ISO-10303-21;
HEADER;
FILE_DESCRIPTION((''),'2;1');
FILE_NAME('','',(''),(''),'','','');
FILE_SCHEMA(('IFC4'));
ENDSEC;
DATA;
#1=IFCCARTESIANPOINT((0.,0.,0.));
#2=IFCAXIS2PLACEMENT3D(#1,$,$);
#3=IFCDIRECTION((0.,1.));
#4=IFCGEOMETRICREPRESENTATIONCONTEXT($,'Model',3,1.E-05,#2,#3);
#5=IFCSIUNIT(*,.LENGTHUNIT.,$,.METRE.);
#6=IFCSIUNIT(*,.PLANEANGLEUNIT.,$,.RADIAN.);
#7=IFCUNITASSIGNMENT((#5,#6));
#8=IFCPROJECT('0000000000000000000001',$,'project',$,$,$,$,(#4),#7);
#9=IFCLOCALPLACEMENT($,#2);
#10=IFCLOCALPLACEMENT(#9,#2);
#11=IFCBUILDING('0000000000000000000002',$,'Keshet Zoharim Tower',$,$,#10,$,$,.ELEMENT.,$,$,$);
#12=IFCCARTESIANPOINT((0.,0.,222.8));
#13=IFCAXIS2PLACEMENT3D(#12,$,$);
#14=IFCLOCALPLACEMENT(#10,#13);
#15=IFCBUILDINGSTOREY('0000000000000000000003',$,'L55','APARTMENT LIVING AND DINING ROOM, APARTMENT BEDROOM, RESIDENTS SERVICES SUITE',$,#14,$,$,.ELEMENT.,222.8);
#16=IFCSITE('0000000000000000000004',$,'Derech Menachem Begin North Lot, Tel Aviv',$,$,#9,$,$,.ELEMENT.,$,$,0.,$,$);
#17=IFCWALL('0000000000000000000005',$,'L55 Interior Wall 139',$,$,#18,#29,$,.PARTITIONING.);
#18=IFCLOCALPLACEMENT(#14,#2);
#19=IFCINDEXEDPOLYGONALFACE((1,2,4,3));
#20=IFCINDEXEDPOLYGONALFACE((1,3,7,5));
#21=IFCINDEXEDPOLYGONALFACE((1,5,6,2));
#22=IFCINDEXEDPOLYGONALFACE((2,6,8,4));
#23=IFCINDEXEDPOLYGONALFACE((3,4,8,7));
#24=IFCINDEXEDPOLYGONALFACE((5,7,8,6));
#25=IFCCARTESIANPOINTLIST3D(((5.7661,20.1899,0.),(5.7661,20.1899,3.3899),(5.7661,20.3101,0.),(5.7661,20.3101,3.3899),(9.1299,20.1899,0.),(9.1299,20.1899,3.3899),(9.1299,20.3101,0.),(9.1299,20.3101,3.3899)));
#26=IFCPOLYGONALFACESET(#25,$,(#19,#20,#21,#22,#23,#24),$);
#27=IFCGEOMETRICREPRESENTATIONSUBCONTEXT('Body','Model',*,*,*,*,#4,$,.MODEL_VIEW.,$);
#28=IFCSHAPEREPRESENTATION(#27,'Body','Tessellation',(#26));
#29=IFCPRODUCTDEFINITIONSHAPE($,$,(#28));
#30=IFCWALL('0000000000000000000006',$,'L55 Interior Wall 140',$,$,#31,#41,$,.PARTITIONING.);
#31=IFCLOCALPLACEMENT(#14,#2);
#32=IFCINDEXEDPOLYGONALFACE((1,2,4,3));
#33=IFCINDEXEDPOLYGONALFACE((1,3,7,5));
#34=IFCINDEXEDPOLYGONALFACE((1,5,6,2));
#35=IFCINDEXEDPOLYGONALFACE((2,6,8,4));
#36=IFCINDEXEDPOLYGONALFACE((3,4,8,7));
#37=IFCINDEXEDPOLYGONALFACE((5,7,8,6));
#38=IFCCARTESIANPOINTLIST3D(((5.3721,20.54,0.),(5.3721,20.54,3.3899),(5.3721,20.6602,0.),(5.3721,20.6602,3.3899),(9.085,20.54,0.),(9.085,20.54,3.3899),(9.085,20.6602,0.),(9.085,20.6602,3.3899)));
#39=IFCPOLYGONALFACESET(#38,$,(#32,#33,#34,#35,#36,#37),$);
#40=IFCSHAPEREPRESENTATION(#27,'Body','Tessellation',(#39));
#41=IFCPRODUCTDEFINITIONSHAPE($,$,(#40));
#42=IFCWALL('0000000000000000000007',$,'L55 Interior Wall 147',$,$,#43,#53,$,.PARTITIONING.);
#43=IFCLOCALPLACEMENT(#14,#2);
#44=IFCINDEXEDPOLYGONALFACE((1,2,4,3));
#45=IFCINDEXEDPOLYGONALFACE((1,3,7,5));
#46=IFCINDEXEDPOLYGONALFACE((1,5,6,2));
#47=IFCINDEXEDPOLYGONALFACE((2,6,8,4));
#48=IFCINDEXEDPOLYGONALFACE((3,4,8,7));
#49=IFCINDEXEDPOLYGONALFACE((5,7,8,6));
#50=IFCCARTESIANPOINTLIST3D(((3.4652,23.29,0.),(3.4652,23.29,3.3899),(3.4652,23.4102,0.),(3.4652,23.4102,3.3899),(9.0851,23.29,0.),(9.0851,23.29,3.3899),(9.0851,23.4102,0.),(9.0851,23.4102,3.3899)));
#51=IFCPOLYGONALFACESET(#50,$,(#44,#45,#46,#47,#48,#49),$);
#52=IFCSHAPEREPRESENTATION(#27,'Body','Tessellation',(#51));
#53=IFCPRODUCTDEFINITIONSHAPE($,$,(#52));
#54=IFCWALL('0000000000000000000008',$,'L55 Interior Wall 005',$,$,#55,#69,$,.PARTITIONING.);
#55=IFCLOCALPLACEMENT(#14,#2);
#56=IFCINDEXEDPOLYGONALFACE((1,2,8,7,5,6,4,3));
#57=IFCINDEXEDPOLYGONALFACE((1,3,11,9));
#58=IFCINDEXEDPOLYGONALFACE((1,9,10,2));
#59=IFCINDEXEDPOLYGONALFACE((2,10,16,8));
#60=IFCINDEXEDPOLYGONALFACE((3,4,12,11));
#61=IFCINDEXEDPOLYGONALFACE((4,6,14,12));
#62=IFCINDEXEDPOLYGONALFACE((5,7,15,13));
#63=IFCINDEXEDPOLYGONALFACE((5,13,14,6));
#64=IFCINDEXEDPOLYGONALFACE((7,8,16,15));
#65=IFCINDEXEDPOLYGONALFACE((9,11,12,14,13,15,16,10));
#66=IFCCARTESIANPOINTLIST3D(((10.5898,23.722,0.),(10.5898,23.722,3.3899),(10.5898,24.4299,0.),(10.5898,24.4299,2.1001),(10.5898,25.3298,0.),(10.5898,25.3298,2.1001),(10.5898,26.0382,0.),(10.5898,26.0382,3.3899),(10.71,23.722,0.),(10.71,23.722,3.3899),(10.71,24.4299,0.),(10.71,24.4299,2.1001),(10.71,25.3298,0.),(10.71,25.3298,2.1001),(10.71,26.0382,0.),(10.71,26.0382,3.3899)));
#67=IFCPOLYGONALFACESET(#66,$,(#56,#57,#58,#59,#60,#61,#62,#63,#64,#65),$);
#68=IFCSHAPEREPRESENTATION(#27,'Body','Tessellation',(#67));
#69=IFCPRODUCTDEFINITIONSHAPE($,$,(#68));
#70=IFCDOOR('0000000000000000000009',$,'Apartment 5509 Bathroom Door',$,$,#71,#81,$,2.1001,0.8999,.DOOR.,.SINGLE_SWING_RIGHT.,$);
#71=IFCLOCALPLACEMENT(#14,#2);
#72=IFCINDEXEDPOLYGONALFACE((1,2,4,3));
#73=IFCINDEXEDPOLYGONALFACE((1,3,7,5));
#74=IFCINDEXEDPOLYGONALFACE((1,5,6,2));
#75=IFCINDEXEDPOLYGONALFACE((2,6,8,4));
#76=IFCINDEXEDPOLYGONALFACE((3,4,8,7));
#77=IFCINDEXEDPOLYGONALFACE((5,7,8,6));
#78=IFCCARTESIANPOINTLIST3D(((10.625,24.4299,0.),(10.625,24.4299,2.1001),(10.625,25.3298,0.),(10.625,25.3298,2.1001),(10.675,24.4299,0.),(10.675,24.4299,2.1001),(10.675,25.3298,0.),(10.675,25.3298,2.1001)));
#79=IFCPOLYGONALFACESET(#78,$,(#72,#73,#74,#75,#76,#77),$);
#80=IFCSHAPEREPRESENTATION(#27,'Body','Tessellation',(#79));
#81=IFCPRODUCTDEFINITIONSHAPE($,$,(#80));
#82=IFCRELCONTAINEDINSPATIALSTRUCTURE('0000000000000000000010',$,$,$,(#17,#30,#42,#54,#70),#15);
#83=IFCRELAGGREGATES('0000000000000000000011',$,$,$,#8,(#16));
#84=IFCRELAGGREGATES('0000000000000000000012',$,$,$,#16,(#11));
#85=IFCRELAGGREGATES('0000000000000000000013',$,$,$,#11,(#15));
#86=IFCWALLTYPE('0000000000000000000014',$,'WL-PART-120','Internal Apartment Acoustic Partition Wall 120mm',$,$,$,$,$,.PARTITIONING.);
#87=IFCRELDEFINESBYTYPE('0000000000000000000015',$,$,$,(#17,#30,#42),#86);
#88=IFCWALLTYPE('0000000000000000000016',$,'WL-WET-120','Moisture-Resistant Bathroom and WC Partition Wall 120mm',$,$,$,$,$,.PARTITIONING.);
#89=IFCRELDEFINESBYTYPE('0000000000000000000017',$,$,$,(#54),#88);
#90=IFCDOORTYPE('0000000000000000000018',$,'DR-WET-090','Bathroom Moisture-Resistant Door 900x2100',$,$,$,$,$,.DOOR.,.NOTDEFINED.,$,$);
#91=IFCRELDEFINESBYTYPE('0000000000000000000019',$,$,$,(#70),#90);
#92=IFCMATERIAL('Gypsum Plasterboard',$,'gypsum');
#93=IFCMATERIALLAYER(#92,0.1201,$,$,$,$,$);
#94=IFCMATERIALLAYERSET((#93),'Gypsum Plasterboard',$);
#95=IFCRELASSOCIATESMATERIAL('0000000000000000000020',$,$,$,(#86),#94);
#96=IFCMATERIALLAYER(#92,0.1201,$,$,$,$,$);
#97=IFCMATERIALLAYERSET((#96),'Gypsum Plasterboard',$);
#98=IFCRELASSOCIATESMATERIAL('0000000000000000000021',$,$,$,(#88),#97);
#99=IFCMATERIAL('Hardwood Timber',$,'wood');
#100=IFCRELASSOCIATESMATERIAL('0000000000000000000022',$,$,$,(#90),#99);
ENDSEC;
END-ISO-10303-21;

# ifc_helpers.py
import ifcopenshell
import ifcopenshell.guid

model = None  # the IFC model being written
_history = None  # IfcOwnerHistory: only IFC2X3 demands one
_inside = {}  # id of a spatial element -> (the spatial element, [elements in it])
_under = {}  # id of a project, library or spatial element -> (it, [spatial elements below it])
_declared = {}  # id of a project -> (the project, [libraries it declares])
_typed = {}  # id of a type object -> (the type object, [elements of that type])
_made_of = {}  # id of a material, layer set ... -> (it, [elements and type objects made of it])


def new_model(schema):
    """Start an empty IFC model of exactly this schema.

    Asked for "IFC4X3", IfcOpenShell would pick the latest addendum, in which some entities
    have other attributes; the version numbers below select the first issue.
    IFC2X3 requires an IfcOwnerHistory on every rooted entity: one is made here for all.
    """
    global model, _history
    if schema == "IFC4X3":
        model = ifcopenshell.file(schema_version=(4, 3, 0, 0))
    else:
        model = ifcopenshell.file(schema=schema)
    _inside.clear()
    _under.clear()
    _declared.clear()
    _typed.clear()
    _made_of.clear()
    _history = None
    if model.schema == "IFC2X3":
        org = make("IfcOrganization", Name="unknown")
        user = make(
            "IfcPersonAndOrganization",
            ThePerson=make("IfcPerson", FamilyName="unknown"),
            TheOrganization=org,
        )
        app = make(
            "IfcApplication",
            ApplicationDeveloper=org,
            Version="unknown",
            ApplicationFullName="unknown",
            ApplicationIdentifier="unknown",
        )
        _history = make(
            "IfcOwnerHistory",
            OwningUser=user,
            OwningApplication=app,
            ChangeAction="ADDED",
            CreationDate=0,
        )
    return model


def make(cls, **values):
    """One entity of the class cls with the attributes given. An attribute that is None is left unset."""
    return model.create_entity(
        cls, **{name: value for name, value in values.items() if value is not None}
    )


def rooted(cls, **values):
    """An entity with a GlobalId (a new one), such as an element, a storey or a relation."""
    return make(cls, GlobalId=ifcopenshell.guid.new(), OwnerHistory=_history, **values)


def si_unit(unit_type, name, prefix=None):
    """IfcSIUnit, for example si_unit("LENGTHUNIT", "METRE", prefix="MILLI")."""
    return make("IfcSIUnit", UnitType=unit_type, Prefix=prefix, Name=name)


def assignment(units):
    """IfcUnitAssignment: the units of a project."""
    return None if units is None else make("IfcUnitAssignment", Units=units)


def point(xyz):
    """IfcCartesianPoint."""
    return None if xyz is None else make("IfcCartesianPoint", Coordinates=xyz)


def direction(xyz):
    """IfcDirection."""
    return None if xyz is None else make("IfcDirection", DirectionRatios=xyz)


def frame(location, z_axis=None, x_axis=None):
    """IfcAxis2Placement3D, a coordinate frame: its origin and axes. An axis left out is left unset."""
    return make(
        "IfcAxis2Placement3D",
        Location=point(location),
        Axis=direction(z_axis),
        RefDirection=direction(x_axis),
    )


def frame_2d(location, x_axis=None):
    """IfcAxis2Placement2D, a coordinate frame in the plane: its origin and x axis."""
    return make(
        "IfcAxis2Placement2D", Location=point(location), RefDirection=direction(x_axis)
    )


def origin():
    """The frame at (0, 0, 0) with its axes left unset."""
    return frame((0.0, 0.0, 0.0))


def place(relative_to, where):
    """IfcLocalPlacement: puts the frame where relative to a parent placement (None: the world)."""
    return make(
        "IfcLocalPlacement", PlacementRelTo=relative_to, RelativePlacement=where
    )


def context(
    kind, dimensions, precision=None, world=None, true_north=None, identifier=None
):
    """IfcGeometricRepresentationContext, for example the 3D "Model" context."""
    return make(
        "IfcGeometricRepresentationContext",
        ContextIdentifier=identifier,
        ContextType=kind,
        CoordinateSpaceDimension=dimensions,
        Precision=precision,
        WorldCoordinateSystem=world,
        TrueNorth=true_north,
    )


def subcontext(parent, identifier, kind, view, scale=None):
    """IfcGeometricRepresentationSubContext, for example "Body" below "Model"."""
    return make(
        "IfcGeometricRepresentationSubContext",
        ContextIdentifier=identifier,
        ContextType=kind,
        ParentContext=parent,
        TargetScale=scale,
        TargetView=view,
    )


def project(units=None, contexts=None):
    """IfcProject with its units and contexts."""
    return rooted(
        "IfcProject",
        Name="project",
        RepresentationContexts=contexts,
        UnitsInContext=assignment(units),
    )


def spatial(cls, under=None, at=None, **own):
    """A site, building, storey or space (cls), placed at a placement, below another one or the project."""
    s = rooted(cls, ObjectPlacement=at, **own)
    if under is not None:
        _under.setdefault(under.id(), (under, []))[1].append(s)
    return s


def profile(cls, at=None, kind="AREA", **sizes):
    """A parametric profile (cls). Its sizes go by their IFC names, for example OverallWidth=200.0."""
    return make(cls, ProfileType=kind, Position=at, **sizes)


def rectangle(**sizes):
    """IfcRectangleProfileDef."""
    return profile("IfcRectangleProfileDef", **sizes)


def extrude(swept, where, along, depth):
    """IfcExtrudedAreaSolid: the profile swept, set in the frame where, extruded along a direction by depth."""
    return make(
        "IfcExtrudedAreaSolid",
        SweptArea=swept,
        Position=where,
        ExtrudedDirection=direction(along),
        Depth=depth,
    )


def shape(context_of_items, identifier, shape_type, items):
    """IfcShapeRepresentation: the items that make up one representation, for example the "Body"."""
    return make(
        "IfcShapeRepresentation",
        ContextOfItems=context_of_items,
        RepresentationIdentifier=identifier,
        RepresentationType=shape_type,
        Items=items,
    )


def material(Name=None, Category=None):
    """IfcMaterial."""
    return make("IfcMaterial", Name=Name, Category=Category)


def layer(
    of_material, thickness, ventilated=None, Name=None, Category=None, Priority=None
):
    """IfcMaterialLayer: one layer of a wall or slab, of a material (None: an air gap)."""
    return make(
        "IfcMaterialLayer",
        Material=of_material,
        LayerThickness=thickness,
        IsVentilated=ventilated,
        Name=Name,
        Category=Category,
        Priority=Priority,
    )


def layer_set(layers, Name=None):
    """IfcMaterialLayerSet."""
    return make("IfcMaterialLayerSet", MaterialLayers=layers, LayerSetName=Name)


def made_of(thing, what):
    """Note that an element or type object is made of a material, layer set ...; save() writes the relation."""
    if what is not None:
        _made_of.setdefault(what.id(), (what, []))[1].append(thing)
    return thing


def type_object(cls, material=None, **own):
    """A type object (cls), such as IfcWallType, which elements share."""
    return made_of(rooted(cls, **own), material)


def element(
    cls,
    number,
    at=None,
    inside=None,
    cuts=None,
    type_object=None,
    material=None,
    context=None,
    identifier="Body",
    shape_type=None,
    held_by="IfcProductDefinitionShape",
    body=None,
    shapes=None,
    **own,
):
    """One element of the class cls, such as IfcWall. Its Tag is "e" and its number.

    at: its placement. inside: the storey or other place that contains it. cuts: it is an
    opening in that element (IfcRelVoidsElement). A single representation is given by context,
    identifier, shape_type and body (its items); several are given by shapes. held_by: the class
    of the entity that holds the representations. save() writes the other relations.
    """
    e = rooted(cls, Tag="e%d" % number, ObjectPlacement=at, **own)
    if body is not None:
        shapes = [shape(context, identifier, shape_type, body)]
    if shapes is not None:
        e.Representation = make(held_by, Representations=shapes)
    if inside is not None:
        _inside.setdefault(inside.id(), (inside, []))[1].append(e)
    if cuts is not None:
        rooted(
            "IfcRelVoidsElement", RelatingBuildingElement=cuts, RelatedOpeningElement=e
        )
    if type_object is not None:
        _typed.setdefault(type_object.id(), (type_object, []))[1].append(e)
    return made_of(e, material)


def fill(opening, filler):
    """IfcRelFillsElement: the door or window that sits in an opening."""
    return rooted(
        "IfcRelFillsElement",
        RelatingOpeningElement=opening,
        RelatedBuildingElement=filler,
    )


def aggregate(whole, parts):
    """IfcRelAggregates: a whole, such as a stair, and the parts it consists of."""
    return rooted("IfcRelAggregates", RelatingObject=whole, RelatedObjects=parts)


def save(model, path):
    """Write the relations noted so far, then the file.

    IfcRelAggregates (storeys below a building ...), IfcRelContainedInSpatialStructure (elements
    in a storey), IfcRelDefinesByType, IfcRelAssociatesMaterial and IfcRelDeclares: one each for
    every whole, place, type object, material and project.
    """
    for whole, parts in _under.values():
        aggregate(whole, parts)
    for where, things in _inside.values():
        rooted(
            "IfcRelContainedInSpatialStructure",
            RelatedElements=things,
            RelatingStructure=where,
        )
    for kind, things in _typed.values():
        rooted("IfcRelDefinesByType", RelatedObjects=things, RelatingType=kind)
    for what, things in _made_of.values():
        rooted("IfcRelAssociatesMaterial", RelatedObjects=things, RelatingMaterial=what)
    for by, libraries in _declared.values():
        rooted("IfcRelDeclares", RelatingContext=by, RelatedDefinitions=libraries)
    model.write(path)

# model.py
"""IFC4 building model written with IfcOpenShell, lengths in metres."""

from ifc_helpers import new_model, si_unit, direction, frame, frame_2d, origin, place, context, subcontext, project, spatial, rectangle, extrude, material, layer, layer_set, type_object, element, fill, save


model = new_model("IFC4")

# Units and contexts
model_context = context("Model", 3, precision=1e-05, world=origin(), true_north=direction((0.0, 1.0)))
body_context = subcontext(model_context, "Body", "Model", "MODEL_VIEW")
ifc_project = project(units=[si_unit("LENGTHUNIT", "METRE"), si_unit("PLANEANGLEUNIT", "RADIAN")], contexts=[model_context])

# Site, building, storey
site_placement = place(None, origin())
site = spatial("IfcSite", under=ifc_project, at=site_placement, Name="Derech Menachem Begin North Lot, Tel Aviv", CompositionType="ELEMENT", RefElevation=0.0)
building_placement = place(site_placement, origin())
building = spatial("IfcBuilding", under=site, at=building_placement, Name="Keshet Zoharim Tower", CompositionType="ELEMENT")
storey_placement = place(building_placement, frame((0.0, 0.0, 222.8)))
storey = spatial("IfcBuildingStorey", under=building, at=storey_placement, Name="L55", Description="APARTMENT LIVING AND DINING ROOM, APARTMENT BEDROOM, RESIDENTS SERVICES SUITE", CompositionType="ELEMENT", Elevation=222.8)

# Shared definitions
ifc_material_1 = material(Name="Gypsum Plasterboard", Category="gypsum")

# Shared definitions
ifc_material_2 = material(Name="Hardwood Timber", Category="wood")

# Shared definitions
ifc_layer_1 = layer(ifc_material_1, 0.1201)
ifc_layer_set_1 = layer_set([ifc_layer_1], Name="Gypsum Plasterboard")
wall_type_1 = type_object("IfcWallType", Name="WL-PART-120", Description="Internal Apartment Acoustic Partition Wall 120mm", PredefinedType="PARTITIONING", material=ifc_layer_set_1)

# Walls
wall_1_placement = place(storey_placement, frame((5.7661, 20.25, 0.0), z_axis=(0.0, 0.0, 1.0), x_axis=(1.0, 0.0, 0.0)))
element("IfcWall", 1, at=wall_1_placement, inside=storey, type_object=wall_type_1, Name="L55 Interior Wall 139", PredefinedType="PARTITIONING", context=body_context, shape_type="SweptSolid", body=[
    extrude(rectangle(XDim=3.3638, YDim=0.1201, at=frame_2d((1.6819, 0.0))), origin(), (0.0, 0.0, 1.0), 3.3899),
])
wall_2_placement = place(storey_placement, frame((5.3721, 20.6001, 0.0), z_axis=(0.0, 0.0, 1.0), x_axis=(1.0, 0.0, 0.0)))
element("IfcWall", 2, at=wall_2_placement, inside=storey, type_object=wall_type_1, Name="L55 Interior Wall 140", PredefinedType="PARTITIONING", context=body_context, shape_type="SweptSolid", body=[
    extrude(rectangle(XDim=3.7129, YDim=0.1201, at=frame_2d((1.8564, 0.0))), origin(), (0.0, 0.0, 1.0), 3.3899),
])
wall_3_placement = place(storey_placement, frame((3.4651, 23.3501, 0.0), z_axis=(0.0, 0.0, 1.0), x_axis=(1.0, 0.0, 0.0)))
element("IfcWall", 3, at=wall_3_placement, inside=storey, type_object=wall_type_1, Name="L55 Interior Wall 147", PredefinedType="PARTITIONING", context=body_context, shape_type="SweptSolid", body=[
    extrude(rectangle(XDim=5.6199, YDim=0.1201, at=frame_2d((2.8101, 0.0))), origin(), (0.0, 0.0, 1.0), 3.3899),
])

# Wall, opening, door
ifc_layer_2 = layer(ifc_material_1, 0.1201)
ifc_layer_set_2 = layer_set([ifc_layer_2], Name="Gypsum Plasterboard")
wall_type_2 = type_object("IfcWallType", Name="WL-WET-120", Description="Moisture-Resistant Bathroom and WC Partition Wall 120mm", PredefinedType="PARTITIONING", material=ifc_layer_set_2)
wall_4_placement = place(storey_placement, frame((10.6499, 23.7219, 0.0), z_axis=(0.0, 0.0, 1.0), x_axis=(0.0, 1.0, 0.0)))
wall_4 = element("IfcWall", 4, at=wall_4_placement, inside=storey, type_object=wall_type_2, Name="L55 Interior Wall 005", PredefinedType="PARTITIONING", context=body_context, shape_type="SweptSolid", body=[
    extrude(rectangle(XDim=2.3162, YDim=0.1201, at=frame_2d((1.1582, 0.0))), origin(), (0.0, 0.0, 1.0), 3.3899),
])
opening_1_placement = place(wall_4_placement, frame((0.708, 0.0, 0.0)))
opening_1 = element("IfcOpeningElement", 5, at=opening_1_placement, cuts=wall_4, PredefinedType="OPENING", context=body_context, shape_type="SweptSolid", body=[
    extrude(rectangle(XDim=0.8999, YDim=2.1001, at=frame_2d((0.45, 1.05))), frame((0.0, 0.0701, 0.0), z_axis=(0.0, -1.0, 0.0), x_axis=(1.0, 0.0, 0.0)), (0.0, 0.0, 1.0), 0.1401),
])
door_type_1 = type_object("IfcDoorType", Name="DR-WET-090", Description="Bathroom Moisture-Resistant Door 900x2100", OperationType="NOTDEFINED", PredefinedType="DOOR", material=ifc_material_2)
door_1_placement = place(opening_1_placement, origin())
door_1 = element("IfcDoor", 6, at=door_1_placement, inside=storey, type_object=door_type_1, Name="Apartment 5509 Bathroom Door", OperationType="SINGLE_SWING_RIGHT", OverallHeight=2.1001, OverallWidth=0.8999, PredefinedType="DOOR", context=body_context, shape_type="SweptSolid", body=[
    extrude(rectangle(XDim=0.8999, YDim=2.1001, at=frame_2d((0.45, 1.05))), frame((0.0, 0.0249, 0.0), z_axis=(0.0, -1.0, 0.0), x_axis=(1.0, 0.0, 0.0)), (0.0, 0.0, 1.0), 0.05),
])
fill(opening_1, door_1)

save(model, "model.ifc")
